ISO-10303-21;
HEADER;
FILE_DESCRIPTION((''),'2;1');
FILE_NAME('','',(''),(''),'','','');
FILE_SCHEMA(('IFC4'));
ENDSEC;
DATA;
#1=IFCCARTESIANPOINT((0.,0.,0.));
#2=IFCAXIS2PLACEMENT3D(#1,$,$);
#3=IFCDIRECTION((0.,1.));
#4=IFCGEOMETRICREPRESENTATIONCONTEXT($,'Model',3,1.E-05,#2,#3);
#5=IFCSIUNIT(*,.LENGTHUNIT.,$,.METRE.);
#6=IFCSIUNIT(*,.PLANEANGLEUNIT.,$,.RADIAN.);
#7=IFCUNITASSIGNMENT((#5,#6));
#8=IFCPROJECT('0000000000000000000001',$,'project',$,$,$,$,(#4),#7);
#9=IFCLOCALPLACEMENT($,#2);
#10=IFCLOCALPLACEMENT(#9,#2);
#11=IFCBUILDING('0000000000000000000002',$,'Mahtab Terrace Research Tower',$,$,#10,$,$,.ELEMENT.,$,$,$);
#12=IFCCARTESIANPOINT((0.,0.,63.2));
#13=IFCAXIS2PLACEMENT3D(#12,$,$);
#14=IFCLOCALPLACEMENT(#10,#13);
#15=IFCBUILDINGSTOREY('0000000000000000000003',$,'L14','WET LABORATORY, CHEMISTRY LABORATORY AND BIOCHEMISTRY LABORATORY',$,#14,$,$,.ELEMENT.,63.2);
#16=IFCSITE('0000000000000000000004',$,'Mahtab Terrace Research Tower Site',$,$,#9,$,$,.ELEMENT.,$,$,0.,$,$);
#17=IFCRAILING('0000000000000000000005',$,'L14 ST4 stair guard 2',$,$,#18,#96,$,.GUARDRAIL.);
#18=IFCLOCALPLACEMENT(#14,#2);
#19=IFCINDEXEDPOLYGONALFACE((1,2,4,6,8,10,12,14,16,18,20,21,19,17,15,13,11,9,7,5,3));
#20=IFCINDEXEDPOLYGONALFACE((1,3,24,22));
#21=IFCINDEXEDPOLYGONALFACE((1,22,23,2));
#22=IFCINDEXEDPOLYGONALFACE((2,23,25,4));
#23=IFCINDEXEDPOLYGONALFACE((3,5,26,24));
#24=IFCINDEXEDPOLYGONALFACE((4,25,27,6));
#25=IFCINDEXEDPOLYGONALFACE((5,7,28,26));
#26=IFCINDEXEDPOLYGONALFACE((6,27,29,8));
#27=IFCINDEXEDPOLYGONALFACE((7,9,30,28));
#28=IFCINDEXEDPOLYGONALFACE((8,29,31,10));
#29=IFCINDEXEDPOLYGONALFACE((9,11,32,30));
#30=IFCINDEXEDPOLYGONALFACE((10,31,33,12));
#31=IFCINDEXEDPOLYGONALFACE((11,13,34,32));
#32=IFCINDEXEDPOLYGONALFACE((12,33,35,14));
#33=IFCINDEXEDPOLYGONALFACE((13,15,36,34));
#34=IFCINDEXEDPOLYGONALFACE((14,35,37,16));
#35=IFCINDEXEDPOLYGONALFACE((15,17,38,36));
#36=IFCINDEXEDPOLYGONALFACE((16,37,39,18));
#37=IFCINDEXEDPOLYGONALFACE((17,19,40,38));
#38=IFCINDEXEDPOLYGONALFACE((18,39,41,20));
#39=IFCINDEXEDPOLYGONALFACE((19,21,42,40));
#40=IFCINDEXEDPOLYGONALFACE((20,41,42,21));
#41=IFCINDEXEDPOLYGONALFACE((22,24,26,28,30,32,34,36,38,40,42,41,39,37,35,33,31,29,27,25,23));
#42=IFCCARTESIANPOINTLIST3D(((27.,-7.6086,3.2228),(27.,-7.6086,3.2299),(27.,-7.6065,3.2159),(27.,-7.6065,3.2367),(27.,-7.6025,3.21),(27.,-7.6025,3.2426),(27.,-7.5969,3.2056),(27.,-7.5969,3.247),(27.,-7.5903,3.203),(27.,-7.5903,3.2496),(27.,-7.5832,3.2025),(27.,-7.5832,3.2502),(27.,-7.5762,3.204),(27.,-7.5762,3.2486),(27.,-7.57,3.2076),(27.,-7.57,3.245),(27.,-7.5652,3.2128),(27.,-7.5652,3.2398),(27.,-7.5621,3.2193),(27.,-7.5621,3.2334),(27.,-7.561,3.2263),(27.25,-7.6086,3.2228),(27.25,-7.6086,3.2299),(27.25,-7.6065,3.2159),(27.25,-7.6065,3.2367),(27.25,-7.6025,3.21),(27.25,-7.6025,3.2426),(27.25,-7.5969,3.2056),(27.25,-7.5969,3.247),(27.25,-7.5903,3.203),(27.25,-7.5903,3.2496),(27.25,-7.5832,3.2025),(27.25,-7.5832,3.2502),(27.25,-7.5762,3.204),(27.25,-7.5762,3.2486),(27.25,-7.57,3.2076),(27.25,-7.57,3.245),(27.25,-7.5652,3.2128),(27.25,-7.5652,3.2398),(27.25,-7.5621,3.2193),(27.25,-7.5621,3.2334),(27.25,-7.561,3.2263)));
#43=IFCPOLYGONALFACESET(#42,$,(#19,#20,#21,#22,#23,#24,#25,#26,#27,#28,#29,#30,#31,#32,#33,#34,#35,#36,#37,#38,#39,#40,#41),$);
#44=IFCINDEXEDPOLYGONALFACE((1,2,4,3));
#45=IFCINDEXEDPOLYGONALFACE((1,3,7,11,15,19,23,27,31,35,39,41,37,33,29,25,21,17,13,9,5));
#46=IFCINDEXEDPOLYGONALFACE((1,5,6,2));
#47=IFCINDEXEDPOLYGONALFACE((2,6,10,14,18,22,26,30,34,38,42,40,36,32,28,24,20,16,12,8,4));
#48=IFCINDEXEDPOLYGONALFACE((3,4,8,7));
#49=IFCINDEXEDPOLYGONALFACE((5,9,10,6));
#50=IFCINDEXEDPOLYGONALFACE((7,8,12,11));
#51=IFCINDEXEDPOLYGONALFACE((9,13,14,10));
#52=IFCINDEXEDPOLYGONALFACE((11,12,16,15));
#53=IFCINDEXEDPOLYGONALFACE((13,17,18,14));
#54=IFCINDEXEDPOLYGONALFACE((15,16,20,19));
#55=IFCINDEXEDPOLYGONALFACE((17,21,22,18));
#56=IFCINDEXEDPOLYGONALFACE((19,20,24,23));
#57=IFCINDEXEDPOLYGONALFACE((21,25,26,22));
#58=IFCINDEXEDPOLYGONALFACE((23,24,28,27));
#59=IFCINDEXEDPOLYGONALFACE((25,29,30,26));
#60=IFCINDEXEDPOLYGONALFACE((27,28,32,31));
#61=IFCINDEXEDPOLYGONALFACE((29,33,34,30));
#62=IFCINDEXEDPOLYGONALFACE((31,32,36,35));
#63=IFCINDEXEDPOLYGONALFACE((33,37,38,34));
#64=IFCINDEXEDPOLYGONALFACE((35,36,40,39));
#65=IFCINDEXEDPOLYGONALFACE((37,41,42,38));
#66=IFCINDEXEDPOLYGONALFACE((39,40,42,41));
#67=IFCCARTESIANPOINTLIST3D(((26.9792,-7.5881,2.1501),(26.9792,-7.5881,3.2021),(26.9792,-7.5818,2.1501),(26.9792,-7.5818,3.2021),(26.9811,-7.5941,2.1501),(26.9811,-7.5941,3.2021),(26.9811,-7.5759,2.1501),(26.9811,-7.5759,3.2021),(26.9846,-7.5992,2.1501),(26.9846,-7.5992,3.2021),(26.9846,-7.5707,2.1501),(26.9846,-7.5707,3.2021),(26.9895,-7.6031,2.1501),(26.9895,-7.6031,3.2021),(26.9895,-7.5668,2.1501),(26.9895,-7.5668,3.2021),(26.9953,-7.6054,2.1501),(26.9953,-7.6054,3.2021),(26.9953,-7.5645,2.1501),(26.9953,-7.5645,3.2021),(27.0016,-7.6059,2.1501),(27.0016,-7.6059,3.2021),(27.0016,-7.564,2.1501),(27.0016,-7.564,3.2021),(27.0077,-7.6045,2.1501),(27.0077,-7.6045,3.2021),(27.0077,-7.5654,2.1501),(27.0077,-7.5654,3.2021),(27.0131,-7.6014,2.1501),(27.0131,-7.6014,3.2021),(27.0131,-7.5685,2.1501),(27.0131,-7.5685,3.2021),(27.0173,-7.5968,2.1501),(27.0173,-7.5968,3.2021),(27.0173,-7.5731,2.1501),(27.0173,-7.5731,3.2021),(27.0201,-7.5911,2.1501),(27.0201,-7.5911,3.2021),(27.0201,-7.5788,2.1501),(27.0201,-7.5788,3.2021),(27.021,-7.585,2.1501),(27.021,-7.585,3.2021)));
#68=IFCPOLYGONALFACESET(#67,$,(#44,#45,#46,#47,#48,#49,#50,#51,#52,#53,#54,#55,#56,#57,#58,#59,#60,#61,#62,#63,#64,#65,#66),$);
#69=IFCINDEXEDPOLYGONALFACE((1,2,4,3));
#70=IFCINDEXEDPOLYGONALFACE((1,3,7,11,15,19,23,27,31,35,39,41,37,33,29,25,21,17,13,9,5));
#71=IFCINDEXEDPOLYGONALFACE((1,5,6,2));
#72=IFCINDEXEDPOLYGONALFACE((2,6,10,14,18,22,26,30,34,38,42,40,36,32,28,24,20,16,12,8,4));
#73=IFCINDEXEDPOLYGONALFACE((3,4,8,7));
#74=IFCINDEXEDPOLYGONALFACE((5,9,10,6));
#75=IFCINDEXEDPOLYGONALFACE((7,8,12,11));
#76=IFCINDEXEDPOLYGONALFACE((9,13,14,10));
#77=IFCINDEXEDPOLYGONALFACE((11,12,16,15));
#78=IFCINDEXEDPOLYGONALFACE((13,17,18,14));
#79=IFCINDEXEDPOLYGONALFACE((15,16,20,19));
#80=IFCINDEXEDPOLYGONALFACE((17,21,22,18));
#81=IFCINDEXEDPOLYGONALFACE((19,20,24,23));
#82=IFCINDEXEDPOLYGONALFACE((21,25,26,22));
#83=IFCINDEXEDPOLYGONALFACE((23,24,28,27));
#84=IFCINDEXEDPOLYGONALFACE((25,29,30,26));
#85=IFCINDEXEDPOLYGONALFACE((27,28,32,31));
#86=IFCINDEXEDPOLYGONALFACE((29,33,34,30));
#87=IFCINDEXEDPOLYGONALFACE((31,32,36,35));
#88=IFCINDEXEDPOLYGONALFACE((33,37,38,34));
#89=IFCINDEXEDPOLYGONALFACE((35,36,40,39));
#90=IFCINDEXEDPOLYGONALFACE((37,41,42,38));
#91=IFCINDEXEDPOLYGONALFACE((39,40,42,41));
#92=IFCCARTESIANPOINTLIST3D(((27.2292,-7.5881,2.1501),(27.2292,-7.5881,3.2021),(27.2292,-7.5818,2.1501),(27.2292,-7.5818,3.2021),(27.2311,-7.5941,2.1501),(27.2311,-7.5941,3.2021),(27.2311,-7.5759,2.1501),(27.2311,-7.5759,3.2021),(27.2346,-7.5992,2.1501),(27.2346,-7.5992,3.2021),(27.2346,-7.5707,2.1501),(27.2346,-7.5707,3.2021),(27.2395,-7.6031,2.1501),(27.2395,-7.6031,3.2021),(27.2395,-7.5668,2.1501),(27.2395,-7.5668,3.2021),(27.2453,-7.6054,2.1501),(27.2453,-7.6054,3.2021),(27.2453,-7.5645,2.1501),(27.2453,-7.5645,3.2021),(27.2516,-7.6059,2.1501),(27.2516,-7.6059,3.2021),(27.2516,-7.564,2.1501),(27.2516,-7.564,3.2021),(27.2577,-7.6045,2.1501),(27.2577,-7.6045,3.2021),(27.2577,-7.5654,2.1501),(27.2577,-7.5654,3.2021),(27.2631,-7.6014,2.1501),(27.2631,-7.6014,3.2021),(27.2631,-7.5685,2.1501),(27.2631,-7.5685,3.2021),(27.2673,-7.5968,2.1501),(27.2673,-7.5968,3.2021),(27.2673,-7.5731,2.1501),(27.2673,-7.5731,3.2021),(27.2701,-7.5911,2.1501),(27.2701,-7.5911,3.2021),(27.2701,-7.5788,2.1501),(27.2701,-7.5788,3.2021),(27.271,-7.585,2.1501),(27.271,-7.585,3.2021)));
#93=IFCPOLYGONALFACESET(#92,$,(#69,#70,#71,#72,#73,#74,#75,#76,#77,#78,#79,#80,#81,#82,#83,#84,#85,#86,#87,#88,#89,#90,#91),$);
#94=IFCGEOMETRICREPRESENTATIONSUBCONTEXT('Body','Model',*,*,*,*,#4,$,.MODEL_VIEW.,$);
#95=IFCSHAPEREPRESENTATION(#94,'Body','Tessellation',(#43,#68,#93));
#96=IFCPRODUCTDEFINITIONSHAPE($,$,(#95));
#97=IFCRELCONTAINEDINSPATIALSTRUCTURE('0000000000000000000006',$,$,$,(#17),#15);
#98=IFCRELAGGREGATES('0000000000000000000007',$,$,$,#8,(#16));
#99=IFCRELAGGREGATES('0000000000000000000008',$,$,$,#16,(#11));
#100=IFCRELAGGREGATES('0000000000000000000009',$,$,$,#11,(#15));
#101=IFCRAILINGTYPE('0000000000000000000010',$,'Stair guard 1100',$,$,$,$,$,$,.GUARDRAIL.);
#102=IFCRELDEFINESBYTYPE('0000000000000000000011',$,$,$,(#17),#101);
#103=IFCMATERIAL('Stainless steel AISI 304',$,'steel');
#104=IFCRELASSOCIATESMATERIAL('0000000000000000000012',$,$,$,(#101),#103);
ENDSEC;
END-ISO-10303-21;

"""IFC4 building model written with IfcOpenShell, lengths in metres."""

from ifc_helpers import new_model, si_unit, direction, frame, origin, origin_2d, place, context, subcontext, project, spatial, circle, extrude, material, type_object, element, save


model = new_model("IFC4")

# Units and contexts
model_context = context("Model", 3, precision=1e-05, world=origin(), true_north=direction((0.0, 1.0)))
body_context = subcontext(model_context, "Body", "Model", "MODEL_VIEW")
ifc_project = project(units=[si_unit("LENGTHUNIT", "METRE"), si_unit("PLANEANGLEUNIT", "RADIAN")], contexts=[model_context])

# Site, building, storey
site_placement = place(None, origin())
site = spatial("IfcSite", under=ifc_project, at=site_placement, Name="Mahtab Terrace Research Tower Site", CompositionType="ELEMENT", RefElevation=0.0)
building_placement = place(site_placement, origin())
building = spatial("IfcBuilding", under=site, at=building_placement, Name="Mahtab Terrace Research Tower", CompositionType="ELEMENT")
storey_placement = place(building_placement, frame((0.0, 0.0, 63.2)))
storey = spatial("IfcBuildingStorey", under=building, at=storey_placement, Name="L14", Description="WET LABORATORY, CHEMISTRY LABORATORY AND BIOCHEMISTRY LABORATORY", CompositionType="ELEMENT", Elevation=63.2)

# Railing
ifc_material_1 = material(Name="Stainless steel AISI 304", Category="steel")
railing_type_1 = type_object("IfcRailingType", Name="Stair guard 1100", PredefinedType="GUARDRAIL", material=ifc_material_1)
railing_1_placement = place(storey_placement, frame((27.0, -7.585, 2.1501)))
element("IfcRailing", 1, at=railing_1_placement, inside=storey, type_object=railing_type_1, Name="L14 ST4 stair guard 2", PredefinedType="GUARDRAIL", context=body_context, shape_type="SweptSolid", body=[
    extrude(circle(Radius=0.0239, at=origin_2d()), frame((0.0, 0.0, 1.0762), z_axis=(1.0, 0.0, 0.0), x_axis=(0.0, 1.0, 0.0)), (0.0, 0.0, 1.0), 0.25),
    extrude(circle(Radius=0.021, at=origin_2d()), origin(), (0.0, 0.0, 1.0), 1.052),
    extrude(circle(Radius=0.021, at=origin_2d()), frame((0.25, 0.0, 0.0)), (0.0, 0.0, 1.0), 1.052),
])

save(model, "model.ifc")
